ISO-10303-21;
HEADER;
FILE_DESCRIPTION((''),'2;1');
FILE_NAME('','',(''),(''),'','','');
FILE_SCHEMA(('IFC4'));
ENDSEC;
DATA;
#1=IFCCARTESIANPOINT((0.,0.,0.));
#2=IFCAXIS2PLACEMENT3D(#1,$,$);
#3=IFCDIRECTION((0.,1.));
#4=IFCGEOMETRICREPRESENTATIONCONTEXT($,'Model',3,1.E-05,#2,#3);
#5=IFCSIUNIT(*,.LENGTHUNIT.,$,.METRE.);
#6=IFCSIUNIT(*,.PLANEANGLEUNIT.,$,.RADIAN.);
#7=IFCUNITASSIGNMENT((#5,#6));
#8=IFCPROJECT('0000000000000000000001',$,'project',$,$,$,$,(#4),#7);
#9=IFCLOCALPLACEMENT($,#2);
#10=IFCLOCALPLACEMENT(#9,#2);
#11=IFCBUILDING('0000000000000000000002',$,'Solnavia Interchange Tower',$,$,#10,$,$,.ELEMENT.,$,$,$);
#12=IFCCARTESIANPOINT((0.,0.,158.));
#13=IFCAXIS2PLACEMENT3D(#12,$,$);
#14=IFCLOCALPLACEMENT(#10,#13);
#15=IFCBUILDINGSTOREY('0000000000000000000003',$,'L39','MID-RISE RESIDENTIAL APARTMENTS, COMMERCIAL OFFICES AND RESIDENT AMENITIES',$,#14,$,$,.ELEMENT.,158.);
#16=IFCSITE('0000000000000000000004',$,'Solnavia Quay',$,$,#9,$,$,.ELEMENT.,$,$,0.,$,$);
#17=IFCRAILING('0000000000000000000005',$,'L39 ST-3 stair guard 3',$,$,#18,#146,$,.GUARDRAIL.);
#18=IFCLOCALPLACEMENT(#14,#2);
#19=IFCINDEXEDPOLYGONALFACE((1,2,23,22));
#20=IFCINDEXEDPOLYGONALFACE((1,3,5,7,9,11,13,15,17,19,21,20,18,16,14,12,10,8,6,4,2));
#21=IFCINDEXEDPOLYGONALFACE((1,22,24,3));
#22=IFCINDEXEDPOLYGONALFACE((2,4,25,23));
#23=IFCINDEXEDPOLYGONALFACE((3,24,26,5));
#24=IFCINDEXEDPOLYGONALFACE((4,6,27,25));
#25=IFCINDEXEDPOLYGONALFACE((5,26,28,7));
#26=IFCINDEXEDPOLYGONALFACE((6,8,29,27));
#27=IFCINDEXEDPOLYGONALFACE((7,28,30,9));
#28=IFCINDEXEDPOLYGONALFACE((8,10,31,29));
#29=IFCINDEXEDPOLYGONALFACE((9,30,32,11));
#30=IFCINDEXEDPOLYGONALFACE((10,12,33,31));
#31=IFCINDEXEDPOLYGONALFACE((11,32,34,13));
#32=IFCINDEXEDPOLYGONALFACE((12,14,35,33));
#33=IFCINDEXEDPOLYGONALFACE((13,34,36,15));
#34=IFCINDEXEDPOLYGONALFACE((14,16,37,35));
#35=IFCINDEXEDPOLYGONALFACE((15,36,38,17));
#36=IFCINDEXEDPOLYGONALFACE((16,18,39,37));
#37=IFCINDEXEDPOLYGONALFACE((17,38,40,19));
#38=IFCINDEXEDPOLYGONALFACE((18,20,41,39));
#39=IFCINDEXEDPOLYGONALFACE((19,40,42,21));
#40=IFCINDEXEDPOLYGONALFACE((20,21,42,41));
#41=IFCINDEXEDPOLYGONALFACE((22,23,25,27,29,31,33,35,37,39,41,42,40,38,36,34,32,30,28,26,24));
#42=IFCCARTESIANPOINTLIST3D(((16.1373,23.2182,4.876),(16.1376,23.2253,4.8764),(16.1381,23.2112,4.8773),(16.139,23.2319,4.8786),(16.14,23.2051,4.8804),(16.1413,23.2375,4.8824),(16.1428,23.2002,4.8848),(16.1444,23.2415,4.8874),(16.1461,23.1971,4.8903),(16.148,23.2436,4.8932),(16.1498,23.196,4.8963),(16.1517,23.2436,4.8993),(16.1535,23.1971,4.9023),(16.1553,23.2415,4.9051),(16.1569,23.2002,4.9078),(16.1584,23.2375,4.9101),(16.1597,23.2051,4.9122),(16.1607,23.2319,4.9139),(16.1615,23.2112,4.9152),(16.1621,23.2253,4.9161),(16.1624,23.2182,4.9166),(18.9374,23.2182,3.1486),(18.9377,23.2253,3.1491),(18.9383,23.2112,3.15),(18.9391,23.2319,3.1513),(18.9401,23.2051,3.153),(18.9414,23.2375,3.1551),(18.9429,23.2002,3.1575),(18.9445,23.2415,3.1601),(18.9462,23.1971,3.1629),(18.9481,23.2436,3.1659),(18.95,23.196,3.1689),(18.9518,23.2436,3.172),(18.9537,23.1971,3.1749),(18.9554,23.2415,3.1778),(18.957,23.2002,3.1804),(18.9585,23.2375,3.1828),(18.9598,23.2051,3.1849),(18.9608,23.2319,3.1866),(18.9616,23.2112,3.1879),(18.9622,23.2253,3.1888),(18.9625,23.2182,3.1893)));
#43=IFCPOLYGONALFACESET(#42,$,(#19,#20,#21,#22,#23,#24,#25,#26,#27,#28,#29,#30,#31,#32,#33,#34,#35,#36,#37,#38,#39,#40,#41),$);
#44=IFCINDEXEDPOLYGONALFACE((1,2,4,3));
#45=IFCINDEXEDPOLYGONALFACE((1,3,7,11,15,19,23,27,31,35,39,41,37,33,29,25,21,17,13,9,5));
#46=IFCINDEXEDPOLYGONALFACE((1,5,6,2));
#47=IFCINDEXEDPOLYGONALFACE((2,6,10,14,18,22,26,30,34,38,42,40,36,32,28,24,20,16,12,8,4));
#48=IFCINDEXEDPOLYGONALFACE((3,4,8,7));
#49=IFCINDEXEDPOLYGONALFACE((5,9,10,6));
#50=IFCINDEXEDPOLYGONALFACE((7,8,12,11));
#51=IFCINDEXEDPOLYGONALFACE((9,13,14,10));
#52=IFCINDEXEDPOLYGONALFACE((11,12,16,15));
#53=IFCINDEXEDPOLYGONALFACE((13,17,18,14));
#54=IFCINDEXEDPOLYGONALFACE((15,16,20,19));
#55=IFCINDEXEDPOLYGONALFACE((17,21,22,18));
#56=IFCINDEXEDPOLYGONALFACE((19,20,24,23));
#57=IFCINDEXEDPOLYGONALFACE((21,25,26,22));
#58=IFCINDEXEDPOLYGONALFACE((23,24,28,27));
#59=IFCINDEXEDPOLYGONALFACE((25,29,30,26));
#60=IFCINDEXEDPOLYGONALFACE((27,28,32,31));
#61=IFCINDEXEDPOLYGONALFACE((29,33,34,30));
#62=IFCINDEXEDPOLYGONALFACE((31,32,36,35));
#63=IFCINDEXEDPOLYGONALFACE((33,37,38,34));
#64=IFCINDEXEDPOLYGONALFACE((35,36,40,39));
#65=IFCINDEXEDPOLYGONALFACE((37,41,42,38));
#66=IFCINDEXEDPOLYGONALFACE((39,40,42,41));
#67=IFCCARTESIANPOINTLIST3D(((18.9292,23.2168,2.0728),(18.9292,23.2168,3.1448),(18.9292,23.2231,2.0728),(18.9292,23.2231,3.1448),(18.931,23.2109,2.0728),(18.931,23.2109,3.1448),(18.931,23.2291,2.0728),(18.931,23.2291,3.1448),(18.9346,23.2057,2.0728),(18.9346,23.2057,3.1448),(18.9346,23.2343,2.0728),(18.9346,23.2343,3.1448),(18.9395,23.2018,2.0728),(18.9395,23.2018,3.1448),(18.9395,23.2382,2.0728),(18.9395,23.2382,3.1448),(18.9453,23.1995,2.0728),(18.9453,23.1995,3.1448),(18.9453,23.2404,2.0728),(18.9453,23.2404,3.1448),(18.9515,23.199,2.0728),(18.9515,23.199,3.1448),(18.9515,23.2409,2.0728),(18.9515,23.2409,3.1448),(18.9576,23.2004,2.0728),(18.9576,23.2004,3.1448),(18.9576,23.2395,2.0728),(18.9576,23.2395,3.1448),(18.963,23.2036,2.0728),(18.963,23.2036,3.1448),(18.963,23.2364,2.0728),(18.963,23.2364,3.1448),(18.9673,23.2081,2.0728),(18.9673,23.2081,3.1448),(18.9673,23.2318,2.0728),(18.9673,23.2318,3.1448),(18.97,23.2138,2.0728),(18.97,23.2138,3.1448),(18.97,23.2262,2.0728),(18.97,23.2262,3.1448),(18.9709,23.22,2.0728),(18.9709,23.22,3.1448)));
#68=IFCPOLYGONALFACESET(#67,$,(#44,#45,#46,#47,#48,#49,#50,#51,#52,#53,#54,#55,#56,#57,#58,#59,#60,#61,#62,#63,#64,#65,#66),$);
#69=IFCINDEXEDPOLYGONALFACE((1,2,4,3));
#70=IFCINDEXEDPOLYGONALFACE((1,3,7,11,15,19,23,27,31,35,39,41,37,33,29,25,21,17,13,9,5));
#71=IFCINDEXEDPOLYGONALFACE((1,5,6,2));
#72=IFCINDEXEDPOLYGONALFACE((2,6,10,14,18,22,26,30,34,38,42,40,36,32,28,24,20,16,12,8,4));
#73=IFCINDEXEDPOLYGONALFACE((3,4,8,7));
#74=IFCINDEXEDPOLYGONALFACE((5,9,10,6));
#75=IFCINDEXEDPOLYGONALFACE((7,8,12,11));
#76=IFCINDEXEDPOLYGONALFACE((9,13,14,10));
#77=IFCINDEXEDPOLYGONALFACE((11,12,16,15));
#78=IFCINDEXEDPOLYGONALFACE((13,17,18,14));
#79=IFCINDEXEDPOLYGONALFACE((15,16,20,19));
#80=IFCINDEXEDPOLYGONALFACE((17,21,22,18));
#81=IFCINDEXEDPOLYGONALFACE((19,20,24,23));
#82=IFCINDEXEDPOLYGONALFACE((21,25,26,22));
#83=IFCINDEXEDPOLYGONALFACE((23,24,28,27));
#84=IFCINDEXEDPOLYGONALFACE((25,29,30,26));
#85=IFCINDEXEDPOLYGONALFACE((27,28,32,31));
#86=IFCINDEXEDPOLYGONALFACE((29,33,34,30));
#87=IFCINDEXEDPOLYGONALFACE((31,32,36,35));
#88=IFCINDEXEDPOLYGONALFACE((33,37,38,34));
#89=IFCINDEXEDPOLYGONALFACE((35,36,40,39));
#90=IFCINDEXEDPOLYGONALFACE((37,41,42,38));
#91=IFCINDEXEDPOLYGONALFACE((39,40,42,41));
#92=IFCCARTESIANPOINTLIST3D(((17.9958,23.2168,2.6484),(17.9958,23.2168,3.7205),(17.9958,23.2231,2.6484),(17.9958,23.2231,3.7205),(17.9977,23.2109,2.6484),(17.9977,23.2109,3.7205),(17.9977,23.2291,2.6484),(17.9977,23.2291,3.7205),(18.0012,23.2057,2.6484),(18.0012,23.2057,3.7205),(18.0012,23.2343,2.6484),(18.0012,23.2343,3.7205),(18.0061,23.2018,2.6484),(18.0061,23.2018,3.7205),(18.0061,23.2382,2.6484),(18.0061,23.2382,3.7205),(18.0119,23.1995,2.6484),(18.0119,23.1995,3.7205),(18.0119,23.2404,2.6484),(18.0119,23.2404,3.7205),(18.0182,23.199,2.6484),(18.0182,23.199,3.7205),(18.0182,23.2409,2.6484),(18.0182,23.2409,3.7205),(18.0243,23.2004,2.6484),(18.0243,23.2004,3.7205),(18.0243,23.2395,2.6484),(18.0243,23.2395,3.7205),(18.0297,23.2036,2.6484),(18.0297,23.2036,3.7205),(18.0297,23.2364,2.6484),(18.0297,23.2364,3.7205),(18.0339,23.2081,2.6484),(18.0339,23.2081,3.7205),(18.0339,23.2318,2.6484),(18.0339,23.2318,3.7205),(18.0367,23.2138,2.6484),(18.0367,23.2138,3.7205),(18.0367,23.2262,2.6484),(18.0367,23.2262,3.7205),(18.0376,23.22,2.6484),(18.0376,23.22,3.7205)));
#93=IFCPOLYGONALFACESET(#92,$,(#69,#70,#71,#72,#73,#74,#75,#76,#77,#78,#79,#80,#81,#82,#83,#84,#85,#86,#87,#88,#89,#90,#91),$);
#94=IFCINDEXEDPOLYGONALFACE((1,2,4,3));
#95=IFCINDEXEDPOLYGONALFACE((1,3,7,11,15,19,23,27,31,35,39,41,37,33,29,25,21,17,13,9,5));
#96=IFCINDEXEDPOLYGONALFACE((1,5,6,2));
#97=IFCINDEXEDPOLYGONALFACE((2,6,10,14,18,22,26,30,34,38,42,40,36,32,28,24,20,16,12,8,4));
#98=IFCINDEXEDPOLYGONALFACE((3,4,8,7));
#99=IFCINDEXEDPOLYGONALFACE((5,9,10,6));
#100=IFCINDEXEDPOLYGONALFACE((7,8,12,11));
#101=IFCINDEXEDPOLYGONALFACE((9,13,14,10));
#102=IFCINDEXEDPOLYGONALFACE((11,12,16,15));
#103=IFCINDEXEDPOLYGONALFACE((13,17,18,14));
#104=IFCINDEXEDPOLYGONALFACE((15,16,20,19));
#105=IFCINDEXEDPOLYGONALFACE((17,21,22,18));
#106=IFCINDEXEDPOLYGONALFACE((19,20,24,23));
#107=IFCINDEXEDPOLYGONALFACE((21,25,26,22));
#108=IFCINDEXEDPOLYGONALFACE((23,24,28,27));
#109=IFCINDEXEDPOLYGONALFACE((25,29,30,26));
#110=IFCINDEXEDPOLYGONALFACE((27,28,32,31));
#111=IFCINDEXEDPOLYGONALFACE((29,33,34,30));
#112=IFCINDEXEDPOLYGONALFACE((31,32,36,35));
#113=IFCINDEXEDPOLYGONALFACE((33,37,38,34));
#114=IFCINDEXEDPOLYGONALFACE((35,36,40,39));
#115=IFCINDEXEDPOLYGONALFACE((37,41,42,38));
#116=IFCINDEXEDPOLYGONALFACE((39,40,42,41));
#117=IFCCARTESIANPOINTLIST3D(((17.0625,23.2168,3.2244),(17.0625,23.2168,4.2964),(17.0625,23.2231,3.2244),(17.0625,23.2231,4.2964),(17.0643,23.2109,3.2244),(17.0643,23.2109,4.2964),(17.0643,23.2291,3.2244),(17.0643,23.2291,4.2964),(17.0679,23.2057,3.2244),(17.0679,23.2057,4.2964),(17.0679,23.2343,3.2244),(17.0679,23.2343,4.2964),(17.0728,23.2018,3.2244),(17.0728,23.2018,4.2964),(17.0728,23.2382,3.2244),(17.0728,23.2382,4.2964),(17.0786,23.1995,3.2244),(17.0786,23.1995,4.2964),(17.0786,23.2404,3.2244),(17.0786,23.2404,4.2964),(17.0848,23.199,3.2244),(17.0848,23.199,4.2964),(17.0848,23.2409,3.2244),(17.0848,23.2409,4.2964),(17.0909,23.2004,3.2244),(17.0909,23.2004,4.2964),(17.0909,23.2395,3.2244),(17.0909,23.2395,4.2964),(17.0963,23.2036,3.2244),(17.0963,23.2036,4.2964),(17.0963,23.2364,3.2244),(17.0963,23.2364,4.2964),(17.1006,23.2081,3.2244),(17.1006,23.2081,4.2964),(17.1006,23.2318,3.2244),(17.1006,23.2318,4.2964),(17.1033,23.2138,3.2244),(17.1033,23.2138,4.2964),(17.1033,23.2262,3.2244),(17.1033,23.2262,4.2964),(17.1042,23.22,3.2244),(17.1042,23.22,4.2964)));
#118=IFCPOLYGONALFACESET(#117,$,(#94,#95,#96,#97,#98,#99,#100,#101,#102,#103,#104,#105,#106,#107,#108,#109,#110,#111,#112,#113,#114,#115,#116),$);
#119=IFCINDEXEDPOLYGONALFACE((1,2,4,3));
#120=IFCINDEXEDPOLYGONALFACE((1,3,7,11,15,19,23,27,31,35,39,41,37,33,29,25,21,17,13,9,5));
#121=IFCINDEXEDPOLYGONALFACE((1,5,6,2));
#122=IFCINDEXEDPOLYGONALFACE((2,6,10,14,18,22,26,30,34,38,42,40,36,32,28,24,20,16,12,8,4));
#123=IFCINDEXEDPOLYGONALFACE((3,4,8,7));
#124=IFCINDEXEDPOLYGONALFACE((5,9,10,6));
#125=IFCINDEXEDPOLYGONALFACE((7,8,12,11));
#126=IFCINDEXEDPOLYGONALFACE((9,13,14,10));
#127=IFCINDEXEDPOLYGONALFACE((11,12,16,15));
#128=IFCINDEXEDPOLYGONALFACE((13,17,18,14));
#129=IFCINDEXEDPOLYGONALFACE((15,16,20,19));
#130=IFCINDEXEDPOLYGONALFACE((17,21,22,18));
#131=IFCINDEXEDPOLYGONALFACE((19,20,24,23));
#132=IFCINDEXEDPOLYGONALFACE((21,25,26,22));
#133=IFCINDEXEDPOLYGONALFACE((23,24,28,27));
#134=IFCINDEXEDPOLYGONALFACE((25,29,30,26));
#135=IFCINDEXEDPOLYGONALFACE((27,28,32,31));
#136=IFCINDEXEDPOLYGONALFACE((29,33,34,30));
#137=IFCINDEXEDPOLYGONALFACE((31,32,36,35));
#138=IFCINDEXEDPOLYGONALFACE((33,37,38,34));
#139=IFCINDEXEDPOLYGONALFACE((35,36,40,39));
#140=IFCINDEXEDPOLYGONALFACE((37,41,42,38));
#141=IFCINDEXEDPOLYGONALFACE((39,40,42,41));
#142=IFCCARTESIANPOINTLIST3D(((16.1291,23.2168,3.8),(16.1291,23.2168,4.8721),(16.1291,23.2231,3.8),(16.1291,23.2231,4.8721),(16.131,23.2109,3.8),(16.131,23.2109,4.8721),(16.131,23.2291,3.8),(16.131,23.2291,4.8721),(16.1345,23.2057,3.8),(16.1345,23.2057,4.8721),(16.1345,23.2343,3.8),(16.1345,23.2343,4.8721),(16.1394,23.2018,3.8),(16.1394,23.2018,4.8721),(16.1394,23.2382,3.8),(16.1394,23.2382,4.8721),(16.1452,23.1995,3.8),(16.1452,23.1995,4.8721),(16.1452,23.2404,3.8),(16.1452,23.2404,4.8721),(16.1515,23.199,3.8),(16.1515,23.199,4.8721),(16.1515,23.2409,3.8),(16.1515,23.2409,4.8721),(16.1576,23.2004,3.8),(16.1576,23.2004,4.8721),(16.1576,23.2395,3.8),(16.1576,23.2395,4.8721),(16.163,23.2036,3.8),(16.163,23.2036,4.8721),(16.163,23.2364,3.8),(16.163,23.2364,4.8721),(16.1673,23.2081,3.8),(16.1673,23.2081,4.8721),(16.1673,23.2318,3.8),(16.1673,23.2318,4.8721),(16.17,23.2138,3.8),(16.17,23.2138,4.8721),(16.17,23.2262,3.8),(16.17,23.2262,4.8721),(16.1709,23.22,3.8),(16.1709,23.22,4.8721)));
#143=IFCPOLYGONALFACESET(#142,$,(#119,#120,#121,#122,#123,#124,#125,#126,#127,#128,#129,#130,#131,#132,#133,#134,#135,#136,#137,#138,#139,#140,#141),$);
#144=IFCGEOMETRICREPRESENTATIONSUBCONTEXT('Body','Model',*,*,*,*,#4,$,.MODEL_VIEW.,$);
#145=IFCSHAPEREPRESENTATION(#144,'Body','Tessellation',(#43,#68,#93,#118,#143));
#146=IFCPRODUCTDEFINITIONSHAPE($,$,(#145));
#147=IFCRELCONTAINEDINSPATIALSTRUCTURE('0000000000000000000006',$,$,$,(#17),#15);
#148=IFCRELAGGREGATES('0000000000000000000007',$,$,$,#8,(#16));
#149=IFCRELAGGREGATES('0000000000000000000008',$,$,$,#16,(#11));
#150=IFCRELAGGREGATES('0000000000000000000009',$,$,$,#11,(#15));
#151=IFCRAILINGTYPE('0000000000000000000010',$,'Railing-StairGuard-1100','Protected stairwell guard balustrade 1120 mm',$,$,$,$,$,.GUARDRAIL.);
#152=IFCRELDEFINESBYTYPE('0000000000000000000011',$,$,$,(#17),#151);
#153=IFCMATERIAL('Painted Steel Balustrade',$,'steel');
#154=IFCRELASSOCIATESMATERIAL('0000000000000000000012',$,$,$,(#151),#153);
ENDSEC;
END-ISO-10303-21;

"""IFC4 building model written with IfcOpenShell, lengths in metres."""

from ifc_helpers import new_model, si_unit, direction, frame, origin, origin_2d, place, context, subcontext, project, spatial, circle, extrude, material, type_object, element, save


model = new_model("IFC4")

# Units and contexts
model_context = context("Model", 3, precision=1e-05, world=origin(), true_north=direction((0.0, 1.0)))
body_context = subcontext(model_context, "Body", "Model", "MODEL_VIEW")
ifc_project = project(units=[si_unit("LENGTHUNIT", "METRE"), si_unit("PLANEANGLEUNIT", "RADIAN")], contexts=[model_context])

# Site, building, storey
site_placement = place(None, origin())
site = spatial("IfcSite", under=ifc_project, at=site_placement, Name="Solnavia Quay", CompositionType="ELEMENT", RefElevation=0.0)
building_placement = place(site_placement, origin())
building = spatial("IfcBuilding", under=site, at=building_placement, Name="Solnavia Interchange Tower", CompositionType="ELEMENT")
storey_placement = place(building_placement, frame((0.0, 0.0, 158.0)))
storey = spatial("IfcBuildingStorey", under=building, at=storey_placement, Name="L39", Description="MID-RISE RESIDENTIAL APARTMENTS, COMMERCIAL OFFICES AND RESIDENT AMENITIES", CompositionType="ELEMENT", Elevation=158.0)

# Railing
ifc_material_1 = material(Name="Painted Steel Balustrade", Category="steel")
railing_type_1 = type_object("IfcRailingType", Name="Railing-StairGuard-1100", Description="Protected stairwell guard balustrade 1120 mm", PredefinedType="GUARDRAIL", material=ifc_material_1)
railing_1_placement = place(storey_placement, frame((18.95, 23.22, 2.0728)))
element("IfcRailing", 1, at=railing_1_placement, inside=storey, type_object=railing_type_1, Name="L39 ST-3 stair guard 3", PredefinedType="GUARDRAIL", context=body_context, shape_type="SweptSolid", body=[
    extrude(circle(Radius=0.0239, at=origin_2d()), frame((0.0, 0.0, 1.0962), z_axis=(-0.85109, 0.0, 0.52502), x_axis=(0.0, -1.0, 0.0)), (0.0, 0.0, 1.0), 3.29),
    extrude(circle(Radius=0.021, at=origin_2d()), origin(), (0.0, 0.0, 1.0), 1.072),
    extrude(circle(Radius=0.021, at=origin_2d()), frame((-0.9333, 0.0, 0.5757)), (0.0, 0.0, 1.0), 1.072),
    extrude(circle(Radius=0.021, at=origin_2d()), frame((-1.8667, 0.0, 1.1516)), (0.0, 0.0, 1.0), 1.072),
    extrude(circle(Radius=0.021, at=origin_2d()), frame((-2.8, 0.0, 1.7273)), (0.0, 0.0, 1.0), 1.072),
])

save(model, "model.ifc")
